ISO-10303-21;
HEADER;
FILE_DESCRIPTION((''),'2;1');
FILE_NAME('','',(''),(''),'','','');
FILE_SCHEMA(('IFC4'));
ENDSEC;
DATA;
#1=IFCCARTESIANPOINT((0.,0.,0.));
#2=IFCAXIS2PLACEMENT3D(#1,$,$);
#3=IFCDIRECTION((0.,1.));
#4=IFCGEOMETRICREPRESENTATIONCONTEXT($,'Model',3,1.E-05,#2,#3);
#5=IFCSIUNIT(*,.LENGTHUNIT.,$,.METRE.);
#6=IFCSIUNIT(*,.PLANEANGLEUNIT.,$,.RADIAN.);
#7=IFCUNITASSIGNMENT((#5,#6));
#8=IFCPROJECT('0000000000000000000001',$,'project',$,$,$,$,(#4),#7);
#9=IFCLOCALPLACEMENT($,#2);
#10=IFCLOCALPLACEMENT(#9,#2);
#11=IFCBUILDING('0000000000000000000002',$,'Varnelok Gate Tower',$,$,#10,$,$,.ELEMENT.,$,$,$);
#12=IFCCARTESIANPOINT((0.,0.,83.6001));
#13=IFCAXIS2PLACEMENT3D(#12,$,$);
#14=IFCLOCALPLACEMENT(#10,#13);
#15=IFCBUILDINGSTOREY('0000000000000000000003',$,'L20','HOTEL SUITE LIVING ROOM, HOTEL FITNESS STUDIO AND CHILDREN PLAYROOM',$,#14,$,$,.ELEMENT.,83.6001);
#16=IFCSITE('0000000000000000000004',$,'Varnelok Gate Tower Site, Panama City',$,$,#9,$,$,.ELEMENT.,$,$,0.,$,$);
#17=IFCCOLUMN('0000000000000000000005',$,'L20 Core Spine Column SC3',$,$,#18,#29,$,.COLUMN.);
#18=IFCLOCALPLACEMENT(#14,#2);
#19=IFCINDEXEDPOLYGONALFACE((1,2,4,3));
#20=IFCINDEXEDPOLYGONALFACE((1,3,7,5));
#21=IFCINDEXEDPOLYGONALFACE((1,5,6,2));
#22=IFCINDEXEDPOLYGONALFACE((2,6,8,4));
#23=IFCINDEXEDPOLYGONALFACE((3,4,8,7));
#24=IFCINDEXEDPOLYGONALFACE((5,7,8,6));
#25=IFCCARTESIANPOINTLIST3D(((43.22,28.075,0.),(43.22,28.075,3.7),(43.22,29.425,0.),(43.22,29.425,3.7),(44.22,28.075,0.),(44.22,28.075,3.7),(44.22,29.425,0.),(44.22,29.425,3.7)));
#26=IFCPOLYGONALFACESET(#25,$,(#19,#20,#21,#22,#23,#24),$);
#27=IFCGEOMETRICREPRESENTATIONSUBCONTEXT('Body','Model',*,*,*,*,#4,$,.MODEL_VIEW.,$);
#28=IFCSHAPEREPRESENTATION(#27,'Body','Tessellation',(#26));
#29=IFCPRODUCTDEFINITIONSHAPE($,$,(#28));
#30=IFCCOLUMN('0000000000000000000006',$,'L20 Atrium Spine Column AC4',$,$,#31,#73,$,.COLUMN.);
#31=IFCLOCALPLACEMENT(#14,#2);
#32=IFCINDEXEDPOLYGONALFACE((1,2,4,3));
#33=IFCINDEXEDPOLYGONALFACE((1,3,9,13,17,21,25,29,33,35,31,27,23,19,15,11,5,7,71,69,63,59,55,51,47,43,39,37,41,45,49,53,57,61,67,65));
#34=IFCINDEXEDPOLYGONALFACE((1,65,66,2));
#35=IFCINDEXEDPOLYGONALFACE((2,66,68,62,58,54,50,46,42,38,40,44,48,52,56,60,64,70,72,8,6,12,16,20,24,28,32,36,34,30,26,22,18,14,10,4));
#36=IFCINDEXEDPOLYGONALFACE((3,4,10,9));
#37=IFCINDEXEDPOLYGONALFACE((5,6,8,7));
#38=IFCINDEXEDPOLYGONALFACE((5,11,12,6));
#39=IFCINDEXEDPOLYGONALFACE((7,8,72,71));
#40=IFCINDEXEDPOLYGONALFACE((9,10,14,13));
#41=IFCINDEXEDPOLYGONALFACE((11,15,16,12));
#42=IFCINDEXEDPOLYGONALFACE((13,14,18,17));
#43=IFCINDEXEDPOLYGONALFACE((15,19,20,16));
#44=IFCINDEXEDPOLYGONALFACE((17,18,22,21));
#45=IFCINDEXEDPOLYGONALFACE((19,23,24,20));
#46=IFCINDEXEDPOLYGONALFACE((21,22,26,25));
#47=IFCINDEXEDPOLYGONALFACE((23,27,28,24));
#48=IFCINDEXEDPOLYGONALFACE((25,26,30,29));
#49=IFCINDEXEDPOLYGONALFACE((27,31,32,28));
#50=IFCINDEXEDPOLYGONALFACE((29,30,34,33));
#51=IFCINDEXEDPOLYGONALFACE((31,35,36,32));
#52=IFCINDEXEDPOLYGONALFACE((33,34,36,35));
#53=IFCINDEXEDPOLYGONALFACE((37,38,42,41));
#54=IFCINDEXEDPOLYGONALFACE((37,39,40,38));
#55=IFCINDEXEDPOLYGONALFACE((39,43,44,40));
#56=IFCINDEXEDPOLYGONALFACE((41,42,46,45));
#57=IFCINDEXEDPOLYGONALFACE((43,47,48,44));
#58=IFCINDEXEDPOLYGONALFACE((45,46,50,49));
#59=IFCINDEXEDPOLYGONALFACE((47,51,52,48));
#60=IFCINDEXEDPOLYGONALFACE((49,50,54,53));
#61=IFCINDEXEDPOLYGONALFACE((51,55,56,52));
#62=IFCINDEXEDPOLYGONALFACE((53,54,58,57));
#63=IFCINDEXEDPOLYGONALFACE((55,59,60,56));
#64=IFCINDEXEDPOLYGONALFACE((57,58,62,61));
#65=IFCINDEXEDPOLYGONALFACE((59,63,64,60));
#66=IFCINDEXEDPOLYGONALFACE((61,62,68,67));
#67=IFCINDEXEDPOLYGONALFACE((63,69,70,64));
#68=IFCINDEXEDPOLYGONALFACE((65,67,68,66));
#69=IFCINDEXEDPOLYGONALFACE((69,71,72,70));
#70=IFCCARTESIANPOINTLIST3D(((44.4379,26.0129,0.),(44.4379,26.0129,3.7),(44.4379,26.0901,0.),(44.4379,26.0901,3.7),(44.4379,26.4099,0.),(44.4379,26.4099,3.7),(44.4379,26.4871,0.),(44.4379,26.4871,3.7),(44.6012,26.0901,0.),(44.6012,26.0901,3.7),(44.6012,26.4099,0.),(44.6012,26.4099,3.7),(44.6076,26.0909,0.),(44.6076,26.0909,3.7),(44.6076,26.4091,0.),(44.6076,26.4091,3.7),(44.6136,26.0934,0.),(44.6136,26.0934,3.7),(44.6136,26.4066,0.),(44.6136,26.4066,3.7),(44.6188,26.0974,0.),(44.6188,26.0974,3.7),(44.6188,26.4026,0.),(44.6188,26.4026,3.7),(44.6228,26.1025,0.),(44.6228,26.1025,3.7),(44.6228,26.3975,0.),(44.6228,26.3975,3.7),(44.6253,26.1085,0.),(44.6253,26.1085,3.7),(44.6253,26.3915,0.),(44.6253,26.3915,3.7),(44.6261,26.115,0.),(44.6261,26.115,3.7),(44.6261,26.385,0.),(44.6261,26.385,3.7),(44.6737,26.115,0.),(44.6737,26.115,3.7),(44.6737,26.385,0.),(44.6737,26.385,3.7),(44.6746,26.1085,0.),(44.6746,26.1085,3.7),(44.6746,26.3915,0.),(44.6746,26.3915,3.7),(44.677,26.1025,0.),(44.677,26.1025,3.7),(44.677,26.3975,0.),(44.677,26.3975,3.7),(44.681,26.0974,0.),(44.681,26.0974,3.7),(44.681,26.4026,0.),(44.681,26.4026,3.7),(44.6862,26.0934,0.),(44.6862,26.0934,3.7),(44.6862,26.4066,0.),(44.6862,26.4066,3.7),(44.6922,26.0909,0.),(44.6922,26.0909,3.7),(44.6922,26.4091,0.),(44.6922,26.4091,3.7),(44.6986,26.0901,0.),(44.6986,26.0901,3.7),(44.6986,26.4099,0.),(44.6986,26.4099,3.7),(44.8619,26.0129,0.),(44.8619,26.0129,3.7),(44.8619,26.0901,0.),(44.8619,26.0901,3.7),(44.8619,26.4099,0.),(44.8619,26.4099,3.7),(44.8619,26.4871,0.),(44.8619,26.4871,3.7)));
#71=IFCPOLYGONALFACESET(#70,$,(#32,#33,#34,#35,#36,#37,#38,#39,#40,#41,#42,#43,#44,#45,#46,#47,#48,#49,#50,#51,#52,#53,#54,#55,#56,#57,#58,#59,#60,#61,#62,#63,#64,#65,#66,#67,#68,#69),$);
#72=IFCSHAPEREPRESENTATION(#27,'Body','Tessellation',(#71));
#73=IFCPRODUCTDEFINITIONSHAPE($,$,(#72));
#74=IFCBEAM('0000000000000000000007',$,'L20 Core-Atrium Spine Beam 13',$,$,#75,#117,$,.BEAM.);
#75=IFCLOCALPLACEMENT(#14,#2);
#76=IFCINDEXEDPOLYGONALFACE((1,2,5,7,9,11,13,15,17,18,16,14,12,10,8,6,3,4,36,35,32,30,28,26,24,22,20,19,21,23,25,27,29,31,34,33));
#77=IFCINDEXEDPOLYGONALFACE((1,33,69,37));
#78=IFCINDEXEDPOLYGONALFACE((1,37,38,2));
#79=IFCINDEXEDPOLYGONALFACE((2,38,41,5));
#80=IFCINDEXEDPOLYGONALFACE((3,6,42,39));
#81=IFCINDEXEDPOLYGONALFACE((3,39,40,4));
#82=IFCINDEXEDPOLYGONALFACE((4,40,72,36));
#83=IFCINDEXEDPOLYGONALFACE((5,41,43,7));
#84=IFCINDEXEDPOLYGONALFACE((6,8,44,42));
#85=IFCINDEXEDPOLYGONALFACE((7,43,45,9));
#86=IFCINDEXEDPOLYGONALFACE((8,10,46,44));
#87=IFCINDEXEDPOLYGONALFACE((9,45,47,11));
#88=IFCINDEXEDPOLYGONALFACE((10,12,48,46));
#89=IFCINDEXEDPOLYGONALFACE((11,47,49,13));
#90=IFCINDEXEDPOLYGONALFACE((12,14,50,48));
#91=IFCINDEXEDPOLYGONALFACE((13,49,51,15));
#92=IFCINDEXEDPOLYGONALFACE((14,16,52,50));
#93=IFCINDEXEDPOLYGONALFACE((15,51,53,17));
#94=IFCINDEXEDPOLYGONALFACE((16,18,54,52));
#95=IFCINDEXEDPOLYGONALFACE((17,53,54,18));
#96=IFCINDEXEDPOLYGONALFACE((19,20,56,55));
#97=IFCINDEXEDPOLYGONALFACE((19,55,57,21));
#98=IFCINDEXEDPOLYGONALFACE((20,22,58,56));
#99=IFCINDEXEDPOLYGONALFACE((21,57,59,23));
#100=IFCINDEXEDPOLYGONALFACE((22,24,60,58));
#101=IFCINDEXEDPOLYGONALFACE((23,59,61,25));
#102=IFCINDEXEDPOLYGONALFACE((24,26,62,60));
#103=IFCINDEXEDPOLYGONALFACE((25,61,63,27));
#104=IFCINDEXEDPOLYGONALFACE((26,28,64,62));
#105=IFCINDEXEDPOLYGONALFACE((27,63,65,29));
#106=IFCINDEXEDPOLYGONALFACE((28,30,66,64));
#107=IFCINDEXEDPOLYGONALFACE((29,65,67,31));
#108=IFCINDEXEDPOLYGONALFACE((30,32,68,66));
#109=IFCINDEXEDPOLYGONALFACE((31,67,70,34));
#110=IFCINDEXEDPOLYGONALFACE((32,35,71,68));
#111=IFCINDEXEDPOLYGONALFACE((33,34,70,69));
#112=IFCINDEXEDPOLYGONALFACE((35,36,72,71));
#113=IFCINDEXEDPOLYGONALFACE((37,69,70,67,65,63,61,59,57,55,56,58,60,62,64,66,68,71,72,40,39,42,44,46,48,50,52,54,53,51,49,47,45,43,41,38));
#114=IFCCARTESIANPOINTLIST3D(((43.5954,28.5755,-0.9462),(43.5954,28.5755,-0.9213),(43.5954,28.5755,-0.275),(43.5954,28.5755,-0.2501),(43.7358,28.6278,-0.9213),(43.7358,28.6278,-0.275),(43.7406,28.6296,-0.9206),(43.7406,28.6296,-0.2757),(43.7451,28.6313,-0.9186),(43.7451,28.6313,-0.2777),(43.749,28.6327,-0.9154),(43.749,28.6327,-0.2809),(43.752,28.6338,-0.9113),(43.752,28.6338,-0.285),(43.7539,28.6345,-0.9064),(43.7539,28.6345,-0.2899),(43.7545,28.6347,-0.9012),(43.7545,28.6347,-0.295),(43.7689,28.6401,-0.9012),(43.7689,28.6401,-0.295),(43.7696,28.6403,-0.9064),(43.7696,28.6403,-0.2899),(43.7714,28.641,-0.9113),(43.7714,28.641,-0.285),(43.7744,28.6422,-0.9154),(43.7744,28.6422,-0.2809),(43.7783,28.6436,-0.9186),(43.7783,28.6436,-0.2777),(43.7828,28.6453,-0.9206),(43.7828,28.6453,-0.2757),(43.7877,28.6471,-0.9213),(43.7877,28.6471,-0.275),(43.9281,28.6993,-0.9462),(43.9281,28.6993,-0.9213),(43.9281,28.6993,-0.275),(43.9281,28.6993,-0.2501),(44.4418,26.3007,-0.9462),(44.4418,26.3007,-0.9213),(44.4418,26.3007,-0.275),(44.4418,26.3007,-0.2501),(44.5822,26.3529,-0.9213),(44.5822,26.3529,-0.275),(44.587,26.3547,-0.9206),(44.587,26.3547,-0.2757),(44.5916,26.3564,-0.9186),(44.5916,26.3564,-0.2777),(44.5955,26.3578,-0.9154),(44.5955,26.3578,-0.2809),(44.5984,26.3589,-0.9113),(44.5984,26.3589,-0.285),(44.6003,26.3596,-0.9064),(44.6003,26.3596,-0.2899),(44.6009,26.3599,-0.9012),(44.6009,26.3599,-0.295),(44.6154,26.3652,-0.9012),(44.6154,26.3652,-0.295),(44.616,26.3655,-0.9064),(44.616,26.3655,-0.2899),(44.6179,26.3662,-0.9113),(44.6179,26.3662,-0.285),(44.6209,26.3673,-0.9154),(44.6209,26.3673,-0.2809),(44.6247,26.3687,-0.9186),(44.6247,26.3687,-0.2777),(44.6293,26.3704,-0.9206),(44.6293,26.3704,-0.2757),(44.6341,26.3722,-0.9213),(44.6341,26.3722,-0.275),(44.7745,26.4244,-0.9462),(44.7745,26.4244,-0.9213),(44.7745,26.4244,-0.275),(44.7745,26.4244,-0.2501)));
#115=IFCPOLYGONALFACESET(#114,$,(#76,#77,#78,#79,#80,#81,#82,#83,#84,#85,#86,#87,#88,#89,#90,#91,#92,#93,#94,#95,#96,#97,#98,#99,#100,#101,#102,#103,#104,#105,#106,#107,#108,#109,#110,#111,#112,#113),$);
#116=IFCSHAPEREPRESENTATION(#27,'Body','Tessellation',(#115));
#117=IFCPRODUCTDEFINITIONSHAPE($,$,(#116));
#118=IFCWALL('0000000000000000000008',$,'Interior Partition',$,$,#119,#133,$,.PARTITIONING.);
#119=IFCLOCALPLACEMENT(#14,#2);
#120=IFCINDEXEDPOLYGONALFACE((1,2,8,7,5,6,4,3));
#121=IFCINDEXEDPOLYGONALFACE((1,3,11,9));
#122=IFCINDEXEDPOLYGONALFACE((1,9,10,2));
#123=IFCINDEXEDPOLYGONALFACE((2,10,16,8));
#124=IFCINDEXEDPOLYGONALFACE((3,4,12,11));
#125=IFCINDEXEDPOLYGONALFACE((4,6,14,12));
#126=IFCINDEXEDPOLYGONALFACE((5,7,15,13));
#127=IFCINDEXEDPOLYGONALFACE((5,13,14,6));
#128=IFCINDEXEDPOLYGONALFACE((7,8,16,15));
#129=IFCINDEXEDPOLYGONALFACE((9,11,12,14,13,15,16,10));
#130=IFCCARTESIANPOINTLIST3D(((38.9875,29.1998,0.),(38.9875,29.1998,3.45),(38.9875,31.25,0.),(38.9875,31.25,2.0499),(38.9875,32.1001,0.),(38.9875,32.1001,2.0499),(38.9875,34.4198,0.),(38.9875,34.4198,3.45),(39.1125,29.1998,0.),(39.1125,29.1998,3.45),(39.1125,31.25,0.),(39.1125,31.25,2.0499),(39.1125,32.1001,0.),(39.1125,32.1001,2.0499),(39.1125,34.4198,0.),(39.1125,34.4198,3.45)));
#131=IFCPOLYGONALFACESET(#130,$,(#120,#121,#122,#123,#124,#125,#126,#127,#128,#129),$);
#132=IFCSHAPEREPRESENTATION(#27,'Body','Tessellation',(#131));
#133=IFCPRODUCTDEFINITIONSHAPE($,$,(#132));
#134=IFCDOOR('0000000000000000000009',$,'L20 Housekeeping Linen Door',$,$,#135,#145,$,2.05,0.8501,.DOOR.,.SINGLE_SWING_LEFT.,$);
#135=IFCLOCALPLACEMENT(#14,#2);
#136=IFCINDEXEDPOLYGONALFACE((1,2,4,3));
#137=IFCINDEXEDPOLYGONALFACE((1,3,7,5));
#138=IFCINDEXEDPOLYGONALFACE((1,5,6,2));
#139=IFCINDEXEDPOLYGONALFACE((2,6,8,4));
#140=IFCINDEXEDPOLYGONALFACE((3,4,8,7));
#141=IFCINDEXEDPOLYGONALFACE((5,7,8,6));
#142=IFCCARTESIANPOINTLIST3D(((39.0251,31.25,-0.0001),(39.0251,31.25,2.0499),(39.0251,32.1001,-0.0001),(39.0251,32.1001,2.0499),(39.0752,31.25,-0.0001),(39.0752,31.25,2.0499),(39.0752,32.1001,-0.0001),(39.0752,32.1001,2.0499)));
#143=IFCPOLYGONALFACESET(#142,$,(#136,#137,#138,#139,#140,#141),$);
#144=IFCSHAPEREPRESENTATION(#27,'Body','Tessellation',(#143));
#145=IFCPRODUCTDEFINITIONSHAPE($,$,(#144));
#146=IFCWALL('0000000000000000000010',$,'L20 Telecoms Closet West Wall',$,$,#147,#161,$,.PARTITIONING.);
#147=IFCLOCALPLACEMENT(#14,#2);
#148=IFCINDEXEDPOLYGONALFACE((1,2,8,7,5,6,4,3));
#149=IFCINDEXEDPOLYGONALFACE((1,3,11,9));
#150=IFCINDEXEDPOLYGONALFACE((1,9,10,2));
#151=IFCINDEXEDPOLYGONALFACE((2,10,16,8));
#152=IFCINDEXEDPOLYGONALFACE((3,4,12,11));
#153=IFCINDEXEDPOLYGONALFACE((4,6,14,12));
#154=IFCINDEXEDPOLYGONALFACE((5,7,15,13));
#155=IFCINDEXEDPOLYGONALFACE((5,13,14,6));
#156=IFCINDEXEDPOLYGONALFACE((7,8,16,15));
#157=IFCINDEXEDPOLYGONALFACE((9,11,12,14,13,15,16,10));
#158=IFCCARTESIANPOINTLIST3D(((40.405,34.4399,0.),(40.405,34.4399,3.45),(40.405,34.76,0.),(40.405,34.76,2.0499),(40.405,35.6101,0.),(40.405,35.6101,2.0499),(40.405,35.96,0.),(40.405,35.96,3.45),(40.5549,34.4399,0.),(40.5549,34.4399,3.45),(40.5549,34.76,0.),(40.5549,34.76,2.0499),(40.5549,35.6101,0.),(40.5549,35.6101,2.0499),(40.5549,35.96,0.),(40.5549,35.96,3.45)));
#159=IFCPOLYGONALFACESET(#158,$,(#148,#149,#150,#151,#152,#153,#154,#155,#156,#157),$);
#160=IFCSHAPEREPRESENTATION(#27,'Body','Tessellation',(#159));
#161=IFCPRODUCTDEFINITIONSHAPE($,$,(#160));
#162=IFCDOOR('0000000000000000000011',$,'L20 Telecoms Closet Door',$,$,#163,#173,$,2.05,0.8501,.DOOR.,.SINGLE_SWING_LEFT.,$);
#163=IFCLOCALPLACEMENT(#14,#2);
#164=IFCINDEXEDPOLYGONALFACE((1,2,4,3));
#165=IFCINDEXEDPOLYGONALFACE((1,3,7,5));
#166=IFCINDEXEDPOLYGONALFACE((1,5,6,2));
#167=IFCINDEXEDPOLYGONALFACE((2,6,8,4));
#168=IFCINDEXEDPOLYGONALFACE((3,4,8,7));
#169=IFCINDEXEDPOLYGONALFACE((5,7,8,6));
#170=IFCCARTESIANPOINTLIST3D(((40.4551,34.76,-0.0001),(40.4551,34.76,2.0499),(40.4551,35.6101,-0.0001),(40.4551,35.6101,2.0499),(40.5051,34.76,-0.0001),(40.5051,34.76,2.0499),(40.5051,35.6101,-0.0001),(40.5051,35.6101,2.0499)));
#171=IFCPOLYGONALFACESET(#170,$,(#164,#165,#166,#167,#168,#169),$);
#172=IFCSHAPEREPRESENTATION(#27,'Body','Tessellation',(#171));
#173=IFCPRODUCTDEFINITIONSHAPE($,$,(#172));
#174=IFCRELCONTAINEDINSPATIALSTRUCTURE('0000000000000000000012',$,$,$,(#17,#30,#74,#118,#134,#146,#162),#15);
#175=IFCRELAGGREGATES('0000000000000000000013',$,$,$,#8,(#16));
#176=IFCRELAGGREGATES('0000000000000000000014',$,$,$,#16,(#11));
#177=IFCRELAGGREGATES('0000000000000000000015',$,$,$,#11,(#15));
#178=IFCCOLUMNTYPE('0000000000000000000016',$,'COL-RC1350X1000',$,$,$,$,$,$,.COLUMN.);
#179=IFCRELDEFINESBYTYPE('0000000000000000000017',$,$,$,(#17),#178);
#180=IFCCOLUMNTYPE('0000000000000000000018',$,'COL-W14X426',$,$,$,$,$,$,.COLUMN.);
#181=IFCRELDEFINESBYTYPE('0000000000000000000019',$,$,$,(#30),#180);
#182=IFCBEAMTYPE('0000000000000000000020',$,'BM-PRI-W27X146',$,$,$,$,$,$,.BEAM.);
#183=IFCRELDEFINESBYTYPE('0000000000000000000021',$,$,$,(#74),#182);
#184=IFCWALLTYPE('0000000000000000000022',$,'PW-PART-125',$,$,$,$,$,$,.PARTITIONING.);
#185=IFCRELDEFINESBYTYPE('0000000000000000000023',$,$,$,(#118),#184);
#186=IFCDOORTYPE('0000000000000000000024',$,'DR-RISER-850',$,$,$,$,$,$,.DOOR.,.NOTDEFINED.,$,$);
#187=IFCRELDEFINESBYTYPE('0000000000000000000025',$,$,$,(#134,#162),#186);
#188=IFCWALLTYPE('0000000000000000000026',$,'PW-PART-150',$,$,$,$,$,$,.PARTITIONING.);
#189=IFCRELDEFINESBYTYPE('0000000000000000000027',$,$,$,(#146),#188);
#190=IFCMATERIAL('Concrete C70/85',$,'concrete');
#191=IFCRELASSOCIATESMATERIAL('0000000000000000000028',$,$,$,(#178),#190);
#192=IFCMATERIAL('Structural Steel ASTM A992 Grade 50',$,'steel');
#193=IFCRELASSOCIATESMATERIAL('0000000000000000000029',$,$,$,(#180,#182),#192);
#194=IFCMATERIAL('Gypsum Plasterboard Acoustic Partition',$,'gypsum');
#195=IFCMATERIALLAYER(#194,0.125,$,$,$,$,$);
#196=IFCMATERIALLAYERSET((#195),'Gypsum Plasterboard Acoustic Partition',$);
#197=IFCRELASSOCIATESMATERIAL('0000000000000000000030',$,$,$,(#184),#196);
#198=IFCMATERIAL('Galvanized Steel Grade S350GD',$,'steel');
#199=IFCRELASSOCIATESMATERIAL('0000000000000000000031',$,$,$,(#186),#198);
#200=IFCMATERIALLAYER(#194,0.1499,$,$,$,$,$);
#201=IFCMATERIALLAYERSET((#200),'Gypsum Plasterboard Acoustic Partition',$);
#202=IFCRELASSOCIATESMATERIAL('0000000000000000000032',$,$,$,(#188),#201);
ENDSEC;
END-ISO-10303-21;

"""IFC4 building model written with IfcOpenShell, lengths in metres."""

from ifc_helpers import new_model, si_unit, direction, frame, frame_2d, origin, origin_2d, place, context, subcontext, project, spatial, rectangle, i_section, extrude, material, layer, layer_set, material_profile, profile_set, type_object, element, fill, save


model = new_model("IFC4")

# Units and contexts
model_context = context("Model", 3, precision=1e-05, world=origin(), true_north=direction((0.0, 1.0)))
body_context = subcontext(model_context, "Body", "Model", "MODEL_VIEW")
ifc_project = project(units=[si_unit("LENGTHUNIT", "METRE"), si_unit("PLANEANGLEUNIT", "RADIAN")], contexts=[model_context])

# Site, building, storey
site_placement = place(None, origin())
site = spatial("IfcSite", under=ifc_project, at=site_placement, Name="Varnelok Gate Tower Site, Panama City", CompositionType="ELEMENT", RefElevation=0.0)
building_placement = place(site_placement, origin())
building = spatial("IfcBuilding", under=site, at=building_placement, Name="Varnelok Gate Tower", CompositionType="ELEMENT")
storey_placement = place(building_placement, frame((0.0, 0.0, 83.6001)))
storey = spatial("IfcBuildingStorey", under=building, at=storey_placement, Name="L20", Description="HOTEL SUITE LIVING ROOM, HOTEL FITNESS STUDIO AND CHILDREN PLAYROOM", CompositionType="ELEMENT", Elevation=83.6001)

# Columns
ifc_material_1 = material(Name="Concrete C70/85", Category="concrete")
ifc_material_profile_1 = material_profile(ifc_material_1, rectangle(XDim=1.0, YDim=1.3501, at=origin_2d()), Name="RC1350X1000")
ifc_profile_set_1 = profile_set([ifc_material_profile_1], Name="Concrete C70/85")
column_type_1 = type_object("IfcColumnType", Name="COL-RC1350X1000", PredefinedType="COLUMN", material=ifc_profile_set_1)
column_1_placement = place(storey_placement, frame((43.72, 28.75, 0.0), z_axis=(0.0, 0.0, 1.0), x_axis=(1.0, 0.0, 0.0)))
element("IfcColumn", 1, at=column_1_placement, inside=storey, type_object=column_type_1, Name="L20 Core Spine Column SC3", PredefinedType="COLUMN", context=body_context, shape_type="SweptSolid", body=[
    extrude(rectangle(XDim=1.0, YDim=1.3501, at=origin_2d()), origin(), (0.0, 0.0, 1.0), 3.7),
])
ifc_material_2 = material(Name="Structural Steel ASTM A992 Grade 50", Category="steel")
ifc_material_profile_2 = material_profile(ifc_material_2, i_section(OverallWidth=0.4241, OverallDepth=0.4741, WebThickness=0.0476, FlangeThickness=0.0771, FilletRadius=0.0249, at=origin_2d()), Name="W14X426")
ifc_profile_set_2 = profile_set([ifc_material_profile_2], Name="Structural Steel ASTM A992 Grade 50")
column_type_2 = type_object("IfcColumnType", Name="COL-W14X426", PredefinedType="COLUMN", material=ifc_profile_set_2)
column_2_placement = place(storey_placement, frame((44.6499, 26.25, 0.0), z_axis=(0.0, 0.0, 1.0), x_axis=(1.0, 0.0, 0.0)))
element("IfcColumn", 2, at=column_2_placement, inside=storey, type_object=column_type_2, Name="L20 Atrium Spine Column AC4", PredefinedType="COLUMN", context=body_context, shape_type="SweptSolid", body=[
    extrude(i_section(OverallWidth=0.4241, OverallDepth=0.4741, WebThickness=0.0476, FlangeThickness=0.0771, FilletRadius=0.0249, at=origin_2d()), origin(), (0.0, 0.0, 1.0), 3.7),
])

# Beam
ifc_material_profile_3 = material_profile(ifc_material_2, i_section(OverallWidth=0.355, OverallDepth=0.696, WebThickness=0.0154, FlangeThickness=0.0249, FilletRadius=0.02, at=origin_2d()), Name="W27X146")
ifc_profile_set_3 = profile_set([ifc_material_profile_3], Name="Structural Steel ASTM A992 Grade 50")
beam_type = type_object("IfcBeamType", Name="BM-PRI-W27X146", PredefinedType="BEAM", material=ifc_profile_set_3)
beam_placement = place(storey_placement, frame((44.6082, 26.3625, -0.5981), z_axis=(-0.348719, 0.937227, 0.0), x_axis=(-0.937227, -0.348719, 0.0)))
element("IfcBeam", 3, at=beam_placement, inside=storey, type_object=beam_type, Name="L20 Core-Atrium Spine Beam 13", PredefinedType="BEAM", context=body_context, shape_type="SweptSolid", body=[
    extrude(i_section(OverallWidth=0.355, OverallDepth=0.696, WebThickness=0.0154, FlangeThickness=0.0249, FilletRadius=0.02, at=origin_2d()), origin(), (0.0, 0.0, 1.0), 2.4272),
])

# Walls, openings, doors
ifc_material_3 = material(Name="Gypsum Plasterboard Acoustic Partition", Category="gypsum")
ifc_layer_1 = layer(ifc_material_3, 0.125)
ifc_layer_set_1 = layer_set([ifc_layer_1], Name="Gypsum Plasterboard Acoustic Partition")
wall_type_1 = type_object("IfcWallType", Name="PW-PART-125", PredefinedType="PARTITIONING", material=ifc_layer_set_1)
wall_1_placement = place(storey_placement, frame((39.05, 29.2, 0.0), z_axis=(0.0, 0.0, 1.0), x_axis=(0.0, 1.0, 0.0)))
wall_1 = element("IfcWall", 4, at=wall_1_placement, inside=storey, type_object=wall_type_1, Name="Interior Partition", PredefinedType="PARTITIONING", context=body_context, shape_type="SweptSolid", body=[
    extrude(rectangle(XDim=5.22, YDim=0.125, at=frame_2d((2.6099, 0.0))), origin(), (0.0, 0.0, 1.0), 3.45),
])
opening_1_placement = place(wall_1_placement, frame((2.05, 0.0, 0.0)))
opening_1 = element("IfcOpeningElement", 5, at=opening_1_placement, cuts=wall_1, PredefinedType="OPENING", context=body_context, shape_type="SweptSolid", body=[
    extrude(rectangle(XDim=0.8501, YDim=2.05, at=frame_2d((0.425, 1.0249))), frame((0.0, 0.0725, 0.0), z_axis=(0.0, -1.0, 0.0), x_axis=(1.0, 0.0, 0.0)), (0.0, 0.0, 1.0), 0.145),
])
ifc_material_4 = material(Name="Galvanized Steel Grade S350GD", Category="steel")
door_type_1 = type_object("IfcDoorType", Name="DR-RISER-850", OperationType="NOTDEFINED", PredefinedType="DOOR", material=ifc_material_4)
door_1_placement = place(opening_1_placement, origin())
door_1 = element("IfcDoor", 6, at=door_1_placement, inside=storey, type_object=door_type_1, Name="L20 Housekeeping Linen Door", OperationType="SINGLE_SWING_LEFT", OverallHeight=2.05, OverallWidth=0.8501, PredefinedType="DOOR", context=body_context, shape_type="SweptSolid", body=[
    extrude(rectangle(XDim=0.8501, YDim=2.05, at=frame_2d((0.425, 1.0249))), frame((0.0, 0.0249, 0.0), z_axis=(0.0, -1.0, 0.0), x_axis=(1.0, 0.0, 0.0)), (0.0, 0.0, 1.0), 0.05),
])
fill(opening_1, door_1)
ifc_layer_2 = layer(ifc_material_3, 0.1499)
ifc_layer_set_2 = layer_set([ifc_layer_2], Name="Gypsum Plasterboard Acoustic Partition")
wall_type_2 = type_object("IfcWallType", Name="PW-PART-150", PredefinedType="PARTITIONING", material=ifc_layer_set_2)
wall_2_placement = place(storey_placement, frame((40.48, 34.4399, 0.0), z_axis=(0.0, 0.0, 1.0), x_axis=(0.0, 1.0, 0.0)))
wall_2 = element("IfcWall", 7, at=wall_2_placement, inside=storey, type_object=wall_type_2, Name="L20 Telecoms Closet West Wall", PredefinedType="PARTITIONING", context=body_context, shape_type="SweptSolid", body=[
    extrude(rectangle(XDim=1.52, YDim=0.1499, at=frame_2d((0.76, 0.0))), origin(), (0.0, 0.0, 1.0), 3.45),
])
opening_2_placement = place(wall_2_placement, frame((0.3201, 0.0, 0.0)))
opening_2 = element("IfcOpeningElement", 8, at=opening_2_placement, cuts=wall_2, PredefinedType="OPENING", context=body_context, shape_type="SweptSolid", body=[
    extrude(rectangle(XDim=0.8501, YDim=2.05, at=frame_2d((0.425, 1.0249))), frame((0.0, 0.085, 0.0), z_axis=(0.0, -1.0, 0.0), x_axis=(1.0, 0.0, 0.0)), (0.0, 0.0, 1.0), 0.1699),
])
door_2_placement = place(opening_2_placement, origin())
door_2 = element("IfcDoor", 9, at=door_2_placement, inside=storey, type_object=door_type_1, Name="L20 Telecoms Closet Door", OperationType="SINGLE_SWING_LEFT", OverallHeight=2.05, OverallWidth=0.8501, PredefinedType="DOOR", context=body_context, shape_type="SweptSolid", body=[
    extrude(rectangle(XDim=0.8501, YDim=2.05, at=frame_2d((0.425, 1.0249))), frame((0.0, 0.0249, 0.0), z_axis=(0.0, -1.0, 0.0), x_axis=(1.0, 0.0, 0.0)), (0.0, 0.0, 1.0), 0.05),
])
fill(opening_2, door_2)

save(model, "model.ifc")
